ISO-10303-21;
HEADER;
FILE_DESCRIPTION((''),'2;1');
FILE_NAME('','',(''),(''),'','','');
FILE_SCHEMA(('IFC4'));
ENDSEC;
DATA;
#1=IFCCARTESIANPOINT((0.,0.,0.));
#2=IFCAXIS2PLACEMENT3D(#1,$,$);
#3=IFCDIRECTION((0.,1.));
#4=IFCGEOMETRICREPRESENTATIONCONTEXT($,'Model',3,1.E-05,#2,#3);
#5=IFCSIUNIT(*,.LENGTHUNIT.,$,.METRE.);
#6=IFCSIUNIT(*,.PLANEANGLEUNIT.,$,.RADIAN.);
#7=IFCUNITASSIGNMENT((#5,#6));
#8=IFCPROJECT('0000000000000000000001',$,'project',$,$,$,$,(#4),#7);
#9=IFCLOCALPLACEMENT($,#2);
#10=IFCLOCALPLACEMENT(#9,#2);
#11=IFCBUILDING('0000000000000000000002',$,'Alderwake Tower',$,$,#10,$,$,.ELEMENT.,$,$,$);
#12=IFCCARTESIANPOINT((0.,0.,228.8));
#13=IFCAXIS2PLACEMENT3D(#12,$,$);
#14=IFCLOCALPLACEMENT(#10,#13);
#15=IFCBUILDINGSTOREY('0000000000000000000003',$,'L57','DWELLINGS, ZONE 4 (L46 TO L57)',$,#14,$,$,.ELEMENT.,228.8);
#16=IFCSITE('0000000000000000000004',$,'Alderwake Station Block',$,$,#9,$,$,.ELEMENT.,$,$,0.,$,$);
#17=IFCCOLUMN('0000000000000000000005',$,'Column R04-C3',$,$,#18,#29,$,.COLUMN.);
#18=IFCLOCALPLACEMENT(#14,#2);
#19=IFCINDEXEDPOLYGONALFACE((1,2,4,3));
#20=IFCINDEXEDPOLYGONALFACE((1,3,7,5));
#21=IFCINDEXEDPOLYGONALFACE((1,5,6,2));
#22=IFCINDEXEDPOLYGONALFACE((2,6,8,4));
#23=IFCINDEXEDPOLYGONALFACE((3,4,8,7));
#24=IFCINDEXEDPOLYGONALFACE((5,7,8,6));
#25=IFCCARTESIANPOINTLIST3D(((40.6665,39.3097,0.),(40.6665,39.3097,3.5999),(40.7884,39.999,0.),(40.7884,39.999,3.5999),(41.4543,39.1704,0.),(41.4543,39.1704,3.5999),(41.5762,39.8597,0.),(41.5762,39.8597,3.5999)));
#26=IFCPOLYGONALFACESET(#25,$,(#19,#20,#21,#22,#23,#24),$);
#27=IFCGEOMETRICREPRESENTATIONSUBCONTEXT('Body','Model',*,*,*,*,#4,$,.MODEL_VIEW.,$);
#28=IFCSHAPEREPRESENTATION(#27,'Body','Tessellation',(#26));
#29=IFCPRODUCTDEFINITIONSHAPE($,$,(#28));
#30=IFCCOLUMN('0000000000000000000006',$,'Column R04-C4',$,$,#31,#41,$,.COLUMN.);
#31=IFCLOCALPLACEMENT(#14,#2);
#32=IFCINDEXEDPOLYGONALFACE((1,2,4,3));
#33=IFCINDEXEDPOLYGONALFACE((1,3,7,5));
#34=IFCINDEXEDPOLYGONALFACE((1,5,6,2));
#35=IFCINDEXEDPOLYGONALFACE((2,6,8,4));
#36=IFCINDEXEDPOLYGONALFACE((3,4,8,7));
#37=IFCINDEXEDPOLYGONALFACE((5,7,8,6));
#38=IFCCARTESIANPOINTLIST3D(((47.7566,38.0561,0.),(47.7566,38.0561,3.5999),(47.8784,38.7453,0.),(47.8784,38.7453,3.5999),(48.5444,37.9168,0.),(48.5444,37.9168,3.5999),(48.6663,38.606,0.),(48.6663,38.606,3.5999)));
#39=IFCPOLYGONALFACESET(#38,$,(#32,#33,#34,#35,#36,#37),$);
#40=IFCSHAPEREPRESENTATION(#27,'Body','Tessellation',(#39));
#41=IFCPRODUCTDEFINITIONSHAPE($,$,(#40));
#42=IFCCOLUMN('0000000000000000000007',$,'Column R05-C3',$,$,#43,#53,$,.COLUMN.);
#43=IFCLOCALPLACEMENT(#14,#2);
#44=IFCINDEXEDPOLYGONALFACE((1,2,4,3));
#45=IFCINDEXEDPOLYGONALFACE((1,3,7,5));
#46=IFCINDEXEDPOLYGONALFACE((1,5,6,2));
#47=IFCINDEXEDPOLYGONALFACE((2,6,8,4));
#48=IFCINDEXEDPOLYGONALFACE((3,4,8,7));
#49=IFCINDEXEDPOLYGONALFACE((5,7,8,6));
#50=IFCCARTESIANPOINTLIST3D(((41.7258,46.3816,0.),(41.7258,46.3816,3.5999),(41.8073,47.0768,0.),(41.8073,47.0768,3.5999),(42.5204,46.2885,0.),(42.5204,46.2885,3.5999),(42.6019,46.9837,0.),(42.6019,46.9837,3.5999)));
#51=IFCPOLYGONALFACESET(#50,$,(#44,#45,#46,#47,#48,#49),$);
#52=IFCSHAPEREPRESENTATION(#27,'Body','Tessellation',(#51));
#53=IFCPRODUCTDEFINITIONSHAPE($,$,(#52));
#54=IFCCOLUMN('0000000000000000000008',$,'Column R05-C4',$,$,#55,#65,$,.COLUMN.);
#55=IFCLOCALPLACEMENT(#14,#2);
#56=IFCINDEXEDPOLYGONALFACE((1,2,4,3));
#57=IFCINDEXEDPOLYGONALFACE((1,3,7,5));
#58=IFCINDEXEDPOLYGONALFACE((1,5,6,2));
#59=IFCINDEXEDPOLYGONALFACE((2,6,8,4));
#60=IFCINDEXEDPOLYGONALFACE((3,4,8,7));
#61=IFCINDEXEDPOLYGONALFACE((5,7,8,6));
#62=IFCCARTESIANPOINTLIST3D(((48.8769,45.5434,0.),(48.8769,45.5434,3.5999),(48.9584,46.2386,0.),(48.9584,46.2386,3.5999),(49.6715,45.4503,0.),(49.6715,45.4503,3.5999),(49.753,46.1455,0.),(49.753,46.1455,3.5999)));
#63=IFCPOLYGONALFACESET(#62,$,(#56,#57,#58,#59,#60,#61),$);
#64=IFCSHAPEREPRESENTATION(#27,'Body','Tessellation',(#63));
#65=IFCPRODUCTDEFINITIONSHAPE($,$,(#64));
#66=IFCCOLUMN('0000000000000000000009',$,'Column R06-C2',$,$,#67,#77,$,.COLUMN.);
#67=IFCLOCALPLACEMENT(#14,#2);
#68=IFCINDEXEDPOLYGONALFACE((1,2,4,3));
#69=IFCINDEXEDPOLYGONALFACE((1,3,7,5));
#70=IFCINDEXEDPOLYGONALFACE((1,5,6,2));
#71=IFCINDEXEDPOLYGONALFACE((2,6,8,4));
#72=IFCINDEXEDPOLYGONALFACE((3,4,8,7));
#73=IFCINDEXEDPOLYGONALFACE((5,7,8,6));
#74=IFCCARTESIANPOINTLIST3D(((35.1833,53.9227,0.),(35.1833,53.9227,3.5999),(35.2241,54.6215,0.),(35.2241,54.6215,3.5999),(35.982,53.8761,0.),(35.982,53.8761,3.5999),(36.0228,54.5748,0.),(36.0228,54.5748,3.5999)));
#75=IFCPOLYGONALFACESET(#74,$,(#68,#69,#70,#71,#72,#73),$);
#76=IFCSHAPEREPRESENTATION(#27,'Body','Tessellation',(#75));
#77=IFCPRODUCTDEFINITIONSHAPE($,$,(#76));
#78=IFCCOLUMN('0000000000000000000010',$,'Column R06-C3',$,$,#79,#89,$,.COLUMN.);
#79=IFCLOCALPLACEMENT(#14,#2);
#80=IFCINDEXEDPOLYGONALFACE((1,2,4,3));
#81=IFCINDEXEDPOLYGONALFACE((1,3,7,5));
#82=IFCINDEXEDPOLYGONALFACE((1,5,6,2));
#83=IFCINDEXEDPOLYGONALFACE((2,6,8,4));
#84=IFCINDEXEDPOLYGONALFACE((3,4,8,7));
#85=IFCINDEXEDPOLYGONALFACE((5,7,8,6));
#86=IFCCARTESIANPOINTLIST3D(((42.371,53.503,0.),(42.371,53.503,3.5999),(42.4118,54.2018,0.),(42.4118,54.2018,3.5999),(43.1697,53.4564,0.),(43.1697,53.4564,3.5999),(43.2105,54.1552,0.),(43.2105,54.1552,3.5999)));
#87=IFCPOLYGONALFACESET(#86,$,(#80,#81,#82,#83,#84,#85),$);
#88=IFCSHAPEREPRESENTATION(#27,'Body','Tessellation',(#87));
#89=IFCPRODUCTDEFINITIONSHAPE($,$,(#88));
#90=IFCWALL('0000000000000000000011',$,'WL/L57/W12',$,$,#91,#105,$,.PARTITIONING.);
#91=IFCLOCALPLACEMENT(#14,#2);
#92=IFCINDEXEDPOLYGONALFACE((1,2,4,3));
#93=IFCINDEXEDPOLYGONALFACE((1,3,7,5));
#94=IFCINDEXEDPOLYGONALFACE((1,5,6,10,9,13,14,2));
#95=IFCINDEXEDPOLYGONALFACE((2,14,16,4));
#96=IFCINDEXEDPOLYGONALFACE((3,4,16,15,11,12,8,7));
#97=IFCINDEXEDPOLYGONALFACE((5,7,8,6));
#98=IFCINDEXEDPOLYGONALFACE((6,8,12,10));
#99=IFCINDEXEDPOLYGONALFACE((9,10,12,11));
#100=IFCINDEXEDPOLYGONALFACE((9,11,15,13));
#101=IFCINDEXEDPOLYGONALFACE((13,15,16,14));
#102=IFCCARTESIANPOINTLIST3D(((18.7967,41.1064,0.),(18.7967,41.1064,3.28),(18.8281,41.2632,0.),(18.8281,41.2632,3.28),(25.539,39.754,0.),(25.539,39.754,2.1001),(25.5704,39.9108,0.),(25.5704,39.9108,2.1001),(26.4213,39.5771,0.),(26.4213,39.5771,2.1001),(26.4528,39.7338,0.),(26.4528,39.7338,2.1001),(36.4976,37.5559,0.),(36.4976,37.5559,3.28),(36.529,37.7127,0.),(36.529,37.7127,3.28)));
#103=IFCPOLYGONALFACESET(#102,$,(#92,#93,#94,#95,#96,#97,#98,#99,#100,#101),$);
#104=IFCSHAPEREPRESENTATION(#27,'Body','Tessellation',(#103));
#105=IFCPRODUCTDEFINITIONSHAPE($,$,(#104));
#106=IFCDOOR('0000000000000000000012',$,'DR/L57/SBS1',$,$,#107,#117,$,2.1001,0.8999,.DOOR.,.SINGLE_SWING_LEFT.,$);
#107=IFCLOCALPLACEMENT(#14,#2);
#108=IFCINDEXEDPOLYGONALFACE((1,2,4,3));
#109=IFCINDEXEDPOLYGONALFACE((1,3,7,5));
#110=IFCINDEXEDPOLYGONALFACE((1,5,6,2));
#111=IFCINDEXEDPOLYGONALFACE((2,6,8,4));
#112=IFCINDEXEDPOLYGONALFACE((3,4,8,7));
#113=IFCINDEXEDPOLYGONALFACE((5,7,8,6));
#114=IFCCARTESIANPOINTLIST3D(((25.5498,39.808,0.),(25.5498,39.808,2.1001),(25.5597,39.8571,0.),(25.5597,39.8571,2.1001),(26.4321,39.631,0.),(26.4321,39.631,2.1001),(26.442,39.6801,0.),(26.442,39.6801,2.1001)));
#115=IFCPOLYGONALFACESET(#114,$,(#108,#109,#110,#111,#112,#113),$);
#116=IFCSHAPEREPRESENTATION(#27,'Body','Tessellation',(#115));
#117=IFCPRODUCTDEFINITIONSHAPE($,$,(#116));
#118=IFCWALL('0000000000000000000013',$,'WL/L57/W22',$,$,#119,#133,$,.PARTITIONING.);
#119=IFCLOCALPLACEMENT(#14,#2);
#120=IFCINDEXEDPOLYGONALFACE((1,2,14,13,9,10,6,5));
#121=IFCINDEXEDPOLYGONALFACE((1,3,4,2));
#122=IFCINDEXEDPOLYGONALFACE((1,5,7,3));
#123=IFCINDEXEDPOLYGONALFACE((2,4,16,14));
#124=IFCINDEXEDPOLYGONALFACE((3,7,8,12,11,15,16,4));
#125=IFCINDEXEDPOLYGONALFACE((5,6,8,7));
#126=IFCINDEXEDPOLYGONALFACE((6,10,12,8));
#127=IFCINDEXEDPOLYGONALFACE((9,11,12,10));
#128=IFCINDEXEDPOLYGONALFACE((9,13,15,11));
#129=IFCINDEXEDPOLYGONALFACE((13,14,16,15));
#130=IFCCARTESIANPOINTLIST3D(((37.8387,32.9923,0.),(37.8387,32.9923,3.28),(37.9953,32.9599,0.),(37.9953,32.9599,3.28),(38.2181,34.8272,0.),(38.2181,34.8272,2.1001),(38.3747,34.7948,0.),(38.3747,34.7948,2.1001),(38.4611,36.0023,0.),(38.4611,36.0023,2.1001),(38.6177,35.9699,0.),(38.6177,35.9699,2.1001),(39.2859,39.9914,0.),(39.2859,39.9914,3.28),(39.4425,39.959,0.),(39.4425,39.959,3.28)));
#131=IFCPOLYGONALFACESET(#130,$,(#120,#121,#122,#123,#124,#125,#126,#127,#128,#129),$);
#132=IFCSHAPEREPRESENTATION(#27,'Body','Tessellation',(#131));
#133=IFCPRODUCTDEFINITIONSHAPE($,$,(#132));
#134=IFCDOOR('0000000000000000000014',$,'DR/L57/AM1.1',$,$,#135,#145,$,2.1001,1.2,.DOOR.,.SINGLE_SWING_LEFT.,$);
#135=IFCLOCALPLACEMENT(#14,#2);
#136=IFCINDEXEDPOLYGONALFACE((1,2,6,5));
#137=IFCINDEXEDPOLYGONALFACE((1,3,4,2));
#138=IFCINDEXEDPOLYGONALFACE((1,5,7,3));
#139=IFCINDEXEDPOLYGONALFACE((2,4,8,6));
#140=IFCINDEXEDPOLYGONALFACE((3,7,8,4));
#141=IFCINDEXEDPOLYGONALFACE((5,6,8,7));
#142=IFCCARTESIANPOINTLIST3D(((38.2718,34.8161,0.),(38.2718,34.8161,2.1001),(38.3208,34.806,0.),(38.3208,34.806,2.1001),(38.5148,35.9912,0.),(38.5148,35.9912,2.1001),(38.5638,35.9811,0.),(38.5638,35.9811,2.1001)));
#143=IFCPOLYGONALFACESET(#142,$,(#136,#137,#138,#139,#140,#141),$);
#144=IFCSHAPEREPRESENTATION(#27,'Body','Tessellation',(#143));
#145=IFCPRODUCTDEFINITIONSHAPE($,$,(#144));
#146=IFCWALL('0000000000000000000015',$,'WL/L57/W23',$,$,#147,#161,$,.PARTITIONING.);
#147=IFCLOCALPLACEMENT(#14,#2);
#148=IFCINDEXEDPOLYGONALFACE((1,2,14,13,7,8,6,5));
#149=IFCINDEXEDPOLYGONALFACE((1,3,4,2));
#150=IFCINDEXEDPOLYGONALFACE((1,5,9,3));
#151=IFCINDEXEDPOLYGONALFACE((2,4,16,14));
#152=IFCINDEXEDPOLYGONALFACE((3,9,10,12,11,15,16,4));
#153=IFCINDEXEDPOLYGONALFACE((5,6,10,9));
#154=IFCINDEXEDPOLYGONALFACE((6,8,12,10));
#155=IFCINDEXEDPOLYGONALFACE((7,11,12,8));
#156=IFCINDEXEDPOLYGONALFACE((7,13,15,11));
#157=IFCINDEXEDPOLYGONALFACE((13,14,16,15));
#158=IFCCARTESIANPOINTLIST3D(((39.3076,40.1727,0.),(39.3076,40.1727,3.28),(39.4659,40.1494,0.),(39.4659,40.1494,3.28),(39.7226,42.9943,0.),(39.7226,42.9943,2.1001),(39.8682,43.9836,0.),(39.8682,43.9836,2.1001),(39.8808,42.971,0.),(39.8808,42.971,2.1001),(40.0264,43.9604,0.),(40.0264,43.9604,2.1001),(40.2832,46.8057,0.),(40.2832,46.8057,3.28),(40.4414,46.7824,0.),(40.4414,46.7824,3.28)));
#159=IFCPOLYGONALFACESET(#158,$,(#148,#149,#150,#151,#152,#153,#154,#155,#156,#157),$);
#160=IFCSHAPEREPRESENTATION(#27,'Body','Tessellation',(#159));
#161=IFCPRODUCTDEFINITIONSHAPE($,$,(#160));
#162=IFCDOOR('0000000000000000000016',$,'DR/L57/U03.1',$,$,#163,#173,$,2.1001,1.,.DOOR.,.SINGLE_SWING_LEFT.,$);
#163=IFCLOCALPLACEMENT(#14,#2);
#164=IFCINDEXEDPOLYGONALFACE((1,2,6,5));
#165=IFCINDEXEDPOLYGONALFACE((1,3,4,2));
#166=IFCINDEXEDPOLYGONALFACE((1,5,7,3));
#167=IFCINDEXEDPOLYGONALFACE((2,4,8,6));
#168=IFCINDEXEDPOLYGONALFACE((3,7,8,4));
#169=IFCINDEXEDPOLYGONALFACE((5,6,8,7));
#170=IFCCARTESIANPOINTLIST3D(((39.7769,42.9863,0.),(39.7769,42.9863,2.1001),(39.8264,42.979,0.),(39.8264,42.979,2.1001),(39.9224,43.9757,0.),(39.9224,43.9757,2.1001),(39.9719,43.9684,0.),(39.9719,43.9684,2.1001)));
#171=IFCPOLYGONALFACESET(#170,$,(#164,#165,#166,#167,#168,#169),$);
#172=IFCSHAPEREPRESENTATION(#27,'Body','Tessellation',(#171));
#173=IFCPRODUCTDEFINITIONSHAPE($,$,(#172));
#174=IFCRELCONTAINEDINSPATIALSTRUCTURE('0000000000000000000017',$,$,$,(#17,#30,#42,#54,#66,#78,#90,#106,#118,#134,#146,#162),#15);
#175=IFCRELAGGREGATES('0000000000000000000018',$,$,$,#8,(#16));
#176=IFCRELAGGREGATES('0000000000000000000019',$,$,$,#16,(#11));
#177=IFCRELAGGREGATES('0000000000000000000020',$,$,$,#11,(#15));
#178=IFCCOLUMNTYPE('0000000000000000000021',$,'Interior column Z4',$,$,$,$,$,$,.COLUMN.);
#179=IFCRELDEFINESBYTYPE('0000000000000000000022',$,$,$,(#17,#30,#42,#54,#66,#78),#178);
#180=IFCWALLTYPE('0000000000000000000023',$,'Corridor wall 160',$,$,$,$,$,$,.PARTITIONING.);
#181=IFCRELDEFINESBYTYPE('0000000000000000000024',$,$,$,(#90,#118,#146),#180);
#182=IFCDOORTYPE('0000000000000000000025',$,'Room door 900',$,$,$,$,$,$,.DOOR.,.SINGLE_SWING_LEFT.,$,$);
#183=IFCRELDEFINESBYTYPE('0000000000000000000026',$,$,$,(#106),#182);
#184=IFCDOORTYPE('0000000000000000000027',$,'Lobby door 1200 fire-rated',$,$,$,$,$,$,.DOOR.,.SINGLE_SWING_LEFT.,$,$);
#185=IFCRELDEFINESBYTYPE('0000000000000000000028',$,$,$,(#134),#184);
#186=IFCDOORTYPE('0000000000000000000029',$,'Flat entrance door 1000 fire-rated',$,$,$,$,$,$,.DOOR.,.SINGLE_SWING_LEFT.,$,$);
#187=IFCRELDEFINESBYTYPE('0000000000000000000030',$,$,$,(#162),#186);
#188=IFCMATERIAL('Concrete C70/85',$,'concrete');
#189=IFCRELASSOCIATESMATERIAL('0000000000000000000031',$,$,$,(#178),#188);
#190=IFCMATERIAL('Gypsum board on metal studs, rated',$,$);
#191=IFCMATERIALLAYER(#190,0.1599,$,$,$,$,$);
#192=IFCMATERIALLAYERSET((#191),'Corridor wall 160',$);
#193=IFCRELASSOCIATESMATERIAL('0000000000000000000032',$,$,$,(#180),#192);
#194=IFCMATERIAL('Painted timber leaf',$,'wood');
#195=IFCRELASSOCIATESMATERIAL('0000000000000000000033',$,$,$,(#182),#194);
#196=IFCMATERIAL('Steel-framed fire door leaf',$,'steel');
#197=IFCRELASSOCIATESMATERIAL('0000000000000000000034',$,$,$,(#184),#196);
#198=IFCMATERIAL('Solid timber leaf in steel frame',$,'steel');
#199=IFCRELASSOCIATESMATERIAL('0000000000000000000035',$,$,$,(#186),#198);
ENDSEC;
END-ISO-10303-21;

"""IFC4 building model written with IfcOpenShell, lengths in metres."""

from ifc_helpers import new_model, si_unit, direction, frame, frame_2d, origin, origin_2d, place, context, subcontext, project, spatial, rectangle, extrude, material, layer, layer_set, material_profile, profile_set, type_object, element, fill, save


model = new_model("IFC4")

# Units and contexts
model_context = context("Model", 3, precision=1e-05, world=origin(), true_north=direction((0.0, 1.0)))
body_context = subcontext(model_context, "Body", "Model", "MODEL_VIEW")
ifc_project = project(units=[si_unit("LENGTHUNIT", "METRE"), si_unit("PLANEANGLEUNIT", "RADIAN")], contexts=[model_context])

# Site, building, storey
site_placement = place(None, origin())
site = spatial("IfcSite", under=ifc_project, at=site_placement, Name="Alderwake Station Block", CompositionType="ELEMENT", RefElevation=0.0)
building_placement = place(site_placement, origin())
building = spatial("IfcBuilding", under=site, at=building_placement, Name="Alderwake Tower", CompositionType="ELEMENT")
storey_placement = place(building_placement, frame((0.0, 0.0, 228.8)))
storey = spatial("IfcBuildingStorey", under=building, at=storey_placement, Name="L57", Description="DWELLINGS, ZONE 4 (L46 TO L57)", CompositionType="ELEMENT", Elevation=228.8)

# Columns
ifc_material_1 = material(Name="Concrete C70/85", Category="concrete")
ifc_material_profile = material_profile(ifc_material_1, rectangle(XDim=0.7, YDim=0.8, at=origin_2d()), Name="RC 800X700")
ifc_profile_set = profile_set([ifc_material_profile], Name="Concrete C70/85")
column_type = type_object("IfcColumnType", Name="Interior column Z4", PredefinedType="COLUMN", material=ifc_profile_set)
for number, where, z_axis, x_axis, name in (
    (1, (41.1213, 39.5847, 0.0), (0.0, 0.0, 1.0), (0.174109, 0.984726, 0.0), "Column R04-C3"),
    (2, (48.2114, 38.3311, 0.0), (0.0, 0.0, 1.0), (0.174109, 0.984726, 0.0), "Column R04-C4"),
    (3, (42.1638, 46.6826, 0.0), (0.0, 0.0, 1.0), (0.116402, 0.993202, 0.0), "Column R05-C3"),
    (4, (49.3149, 45.8445, 0.0), (0.0, 0.0, 1.0), (0.116402, 0.993202, 0.0), "Column R05-C4"),
    (5, (35.603, 54.2488, 0.0), (0.0, 0.0, 1.0), (0.058301, 0.998299, 0.0), "Column R06-C2"),
    (6, (42.7908, 53.8291, 0.0), (0.0, 0.0, 1.0), (0.058299, 0.998299, 0.0), "Column R06-C3"),
):
    element("IfcColumn", number, at=place(storey_placement, frame(where, z_axis=z_axis, x_axis=x_axis)), inside=storey, type_object=column_type, Name=name, PredefinedType="COLUMN", context=body_context, shape_type="SweptSolid", body=[
        extrude(rectangle(XDim=0.7, YDim=0.8, at=origin_2d()), origin(), (0.0, 0.0, 1.0), 3.5999),
    ])

# Walls, openings, doors
ifc_material_2 = material(Name="Gypsum board on metal studs, rated")
ifc_layer_1 = layer(ifc_material_2, 0.1599)
ifc_layer_set_1 = layer_set([ifc_layer_1], Name="Corridor wall 160")
wall_type_1 = type_object("IfcWallType", Name="Corridor wall 160", PredefinedType="PARTITIONING", material=ifc_layer_set_1)
wall_1_placement = place(storey_placement, frame((36.5134, 37.6343, 0.0), z_axis=(0.0, 0.0, 1.0), x_axis=(-0.98047, 0.196667, 0.0)))
wall_1 = element("IfcWall", 7, at=wall_1_placement, inside=storey, type_object=wall_type_1, Name="WL/L57/W12", PredefinedType="PARTITIONING", context=body_context, shape_type="SweptSolid", body=[
    extrude(rectangle(XDim=18.0535, YDim=0.1599, at=frame_2d((9.0269, 0.0))), origin(), (0.0, 0.0, 1.0), 3.28),
])
opening_1_placement = place(wall_1_placement, frame((10.2771, 0.0, 0.0)))
opening_1 = element("IfcOpeningElement", 8, at=opening_1_placement, cuts=wall_1, PredefinedType="OPENING", context=body_context, shape_type="SweptSolid", body=[
    extrude(rectangle(XDim=0.8999, YDim=2.1001, at=frame_2d((0.45, 1.05))), frame((0.0, 0.0898, 0.0), z_axis=(0.0, -1.0, 0.0), x_axis=(1.0, 0.0, 0.0)), (0.0, 0.0, 1.0), 0.1799),
])
ifc_material_3 = material(Name="Painted timber leaf", Category="wood")
door_type_1 = type_object("IfcDoorType", Name="Room door 900", OperationType="SINGLE_SWING_LEFT", PredefinedType="DOOR", material=ifc_material_3)
door_1_placement = place(opening_1_placement, origin())
door_1 = element("IfcDoor", 9, at=door_1_placement, inside=storey, type_object=door_type_1, Name="DR/L57/SBS1", OperationType="SINGLE_SWING_LEFT", OverallHeight=2.1001, OverallWidth=0.8999, PredefinedType="DOOR", context=body_context, shape_type="SweptSolid", body=[
    extrude(rectangle(XDim=0.8999, YDim=2.1001, at=frame_2d((0.45, 1.05))), frame((0.0, 0.0249, 0.0), z_axis=(0.0, -1.0, 0.0), x_axis=(1.0, 0.0, 0.0)), (0.0, 0.0, 1.0), 0.05),
])
fill(opening_1, door_1)
wall_2_placement = place(storey_placement, frame((39.3643, 39.9753, 0.0), z_axis=(0.0, 0.0, 1.0), x_axis=(-0.20249, -0.979284, 0.0)))
wall_2 = element("IfcWall", 10, at=wall_2_placement, inside=storey, type_object=wall_type_1, Name="WL/L57/W22", PredefinedType="PARTITIONING", context=body_context, shape_type="SweptSolid", body=[
    extrude(rectangle(XDim=7.1472, YDim=0.1599, at=frame_2d((3.5737, 0.0))), origin(), (0.0, 0.0, 1.0), 3.28),
])
opening_2_placement = place(wall_2_placement, frame((4.0735, 0.0, 0.0)))
opening_2 = element("IfcOpeningElement", 11, at=opening_2_placement, cuts=wall_2, PredefinedType="OPENING", context=body_context, shape_type="SweptSolid", body=[
    extrude(rectangle(XDim=1.2, YDim=2.1001, at=frame_2d((0.6001, 1.05))), frame((0.0, 0.0898, 0.0), z_axis=(0.0, -1.0, 0.0), x_axis=(1.0, 0.0, 0.0)), (0.0, 0.0, 1.0), 0.1799),
])
ifc_material_4 = material(Name="Steel-framed fire door leaf", Category="steel")
door_type_2 = type_object("IfcDoorType", Name="Lobby door 1200 fire-rated", OperationType="SINGLE_SWING_LEFT", PredefinedType="DOOR", material=ifc_material_4)
door_2_placement = place(opening_2_placement, origin())
door_2 = element("IfcDoor", 12, at=door_2_placement, inside=storey, type_object=door_type_2, Name="DR/L57/AM1.1", OperationType="SINGLE_SWING_LEFT", OverallHeight=2.1001, OverallWidth=1.2, PredefinedType="DOOR", context=body_context, shape_type="SweptSolid", body=[
    extrude(rectangle(XDim=1.2, YDim=2.1001, at=frame_2d((0.6001, 1.05))), frame((0.0, 0.0249, 0.0), z_axis=(0.0, -1.0, 0.0), x_axis=(1.0, 0.0, 0.0)), (0.0, 0.0, 1.0), 0.05),
])
fill(opening_2, door_2)
wall_3_placement = place(storey_placement, frame((40.3623, 46.7939, 0.0), z_axis=(0.0, 0.0, 1.0), x_axis=(-0.145514, -0.989356, 0.0)))
wall_3 = element("IfcWall", 13, at=wall_3_placement, inside=storey, type_object=wall_type_1, Name="WL/L57/W23", PredefinedType="PARTITIONING", context=body_context, shape_type="SweptSolid", body=[
    extrude(rectangle(XDim=6.7043, YDim=0.1599, at=frame_2d((3.3521, 0.0))), origin(), (0.0, 0.0, 1.0), 3.28),
])
opening_3_placement = place(wall_3_placement, frame((2.8523, 0.0, 0.0)))
opening_3 = element("IfcOpeningElement", 14, at=opening_3_placement, cuts=wall_3, PredefinedType="OPENING", context=body_context, shape_type="SweptSolid", body=[
    extrude(rectangle(XDim=1.0, YDim=2.1001, at=frame_2d((0.5, 1.05))), frame((0.0, 0.0898, 0.0), z_axis=(0.0, -1.0, 0.0), x_axis=(1.0, 0.0, 0.0)), (0.0, 0.0, 1.0), 0.1799),
])
ifc_material_5 = material(Name="Solid timber leaf in steel frame", Category="steel")
door_type_3 = type_object("IfcDoorType", Name="Flat entrance door 1000 fire-rated", OperationType="SINGLE_SWING_LEFT", PredefinedType="DOOR", material=ifc_material_5)
door_3_placement = place(opening_3_placement, origin())
door_3 = element("IfcDoor", 15, at=door_3_placement, inside=storey, type_object=door_type_3, Name="DR/L57/U03.1", OperationType="SINGLE_SWING_LEFT", OverallHeight=2.1001, OverallWidth=1.0, PredefinedType="DOOR", context=body_context, shape_type="SweptSolid", body=[
    extrude(rectangle(XDim=1.0, YDim=2.1001, at=frame_2d((0.5, 1.05))), frame((0.0, 0.0249, 0.0), z_axis=(0.0, -1.0, 0.0), x_axis=(1.0, 0.0, 0.0)), (0.0, 0.0, 1.0), 0.05),
])
fill(opening_3, door_3)

save(model, "model.ifc")
